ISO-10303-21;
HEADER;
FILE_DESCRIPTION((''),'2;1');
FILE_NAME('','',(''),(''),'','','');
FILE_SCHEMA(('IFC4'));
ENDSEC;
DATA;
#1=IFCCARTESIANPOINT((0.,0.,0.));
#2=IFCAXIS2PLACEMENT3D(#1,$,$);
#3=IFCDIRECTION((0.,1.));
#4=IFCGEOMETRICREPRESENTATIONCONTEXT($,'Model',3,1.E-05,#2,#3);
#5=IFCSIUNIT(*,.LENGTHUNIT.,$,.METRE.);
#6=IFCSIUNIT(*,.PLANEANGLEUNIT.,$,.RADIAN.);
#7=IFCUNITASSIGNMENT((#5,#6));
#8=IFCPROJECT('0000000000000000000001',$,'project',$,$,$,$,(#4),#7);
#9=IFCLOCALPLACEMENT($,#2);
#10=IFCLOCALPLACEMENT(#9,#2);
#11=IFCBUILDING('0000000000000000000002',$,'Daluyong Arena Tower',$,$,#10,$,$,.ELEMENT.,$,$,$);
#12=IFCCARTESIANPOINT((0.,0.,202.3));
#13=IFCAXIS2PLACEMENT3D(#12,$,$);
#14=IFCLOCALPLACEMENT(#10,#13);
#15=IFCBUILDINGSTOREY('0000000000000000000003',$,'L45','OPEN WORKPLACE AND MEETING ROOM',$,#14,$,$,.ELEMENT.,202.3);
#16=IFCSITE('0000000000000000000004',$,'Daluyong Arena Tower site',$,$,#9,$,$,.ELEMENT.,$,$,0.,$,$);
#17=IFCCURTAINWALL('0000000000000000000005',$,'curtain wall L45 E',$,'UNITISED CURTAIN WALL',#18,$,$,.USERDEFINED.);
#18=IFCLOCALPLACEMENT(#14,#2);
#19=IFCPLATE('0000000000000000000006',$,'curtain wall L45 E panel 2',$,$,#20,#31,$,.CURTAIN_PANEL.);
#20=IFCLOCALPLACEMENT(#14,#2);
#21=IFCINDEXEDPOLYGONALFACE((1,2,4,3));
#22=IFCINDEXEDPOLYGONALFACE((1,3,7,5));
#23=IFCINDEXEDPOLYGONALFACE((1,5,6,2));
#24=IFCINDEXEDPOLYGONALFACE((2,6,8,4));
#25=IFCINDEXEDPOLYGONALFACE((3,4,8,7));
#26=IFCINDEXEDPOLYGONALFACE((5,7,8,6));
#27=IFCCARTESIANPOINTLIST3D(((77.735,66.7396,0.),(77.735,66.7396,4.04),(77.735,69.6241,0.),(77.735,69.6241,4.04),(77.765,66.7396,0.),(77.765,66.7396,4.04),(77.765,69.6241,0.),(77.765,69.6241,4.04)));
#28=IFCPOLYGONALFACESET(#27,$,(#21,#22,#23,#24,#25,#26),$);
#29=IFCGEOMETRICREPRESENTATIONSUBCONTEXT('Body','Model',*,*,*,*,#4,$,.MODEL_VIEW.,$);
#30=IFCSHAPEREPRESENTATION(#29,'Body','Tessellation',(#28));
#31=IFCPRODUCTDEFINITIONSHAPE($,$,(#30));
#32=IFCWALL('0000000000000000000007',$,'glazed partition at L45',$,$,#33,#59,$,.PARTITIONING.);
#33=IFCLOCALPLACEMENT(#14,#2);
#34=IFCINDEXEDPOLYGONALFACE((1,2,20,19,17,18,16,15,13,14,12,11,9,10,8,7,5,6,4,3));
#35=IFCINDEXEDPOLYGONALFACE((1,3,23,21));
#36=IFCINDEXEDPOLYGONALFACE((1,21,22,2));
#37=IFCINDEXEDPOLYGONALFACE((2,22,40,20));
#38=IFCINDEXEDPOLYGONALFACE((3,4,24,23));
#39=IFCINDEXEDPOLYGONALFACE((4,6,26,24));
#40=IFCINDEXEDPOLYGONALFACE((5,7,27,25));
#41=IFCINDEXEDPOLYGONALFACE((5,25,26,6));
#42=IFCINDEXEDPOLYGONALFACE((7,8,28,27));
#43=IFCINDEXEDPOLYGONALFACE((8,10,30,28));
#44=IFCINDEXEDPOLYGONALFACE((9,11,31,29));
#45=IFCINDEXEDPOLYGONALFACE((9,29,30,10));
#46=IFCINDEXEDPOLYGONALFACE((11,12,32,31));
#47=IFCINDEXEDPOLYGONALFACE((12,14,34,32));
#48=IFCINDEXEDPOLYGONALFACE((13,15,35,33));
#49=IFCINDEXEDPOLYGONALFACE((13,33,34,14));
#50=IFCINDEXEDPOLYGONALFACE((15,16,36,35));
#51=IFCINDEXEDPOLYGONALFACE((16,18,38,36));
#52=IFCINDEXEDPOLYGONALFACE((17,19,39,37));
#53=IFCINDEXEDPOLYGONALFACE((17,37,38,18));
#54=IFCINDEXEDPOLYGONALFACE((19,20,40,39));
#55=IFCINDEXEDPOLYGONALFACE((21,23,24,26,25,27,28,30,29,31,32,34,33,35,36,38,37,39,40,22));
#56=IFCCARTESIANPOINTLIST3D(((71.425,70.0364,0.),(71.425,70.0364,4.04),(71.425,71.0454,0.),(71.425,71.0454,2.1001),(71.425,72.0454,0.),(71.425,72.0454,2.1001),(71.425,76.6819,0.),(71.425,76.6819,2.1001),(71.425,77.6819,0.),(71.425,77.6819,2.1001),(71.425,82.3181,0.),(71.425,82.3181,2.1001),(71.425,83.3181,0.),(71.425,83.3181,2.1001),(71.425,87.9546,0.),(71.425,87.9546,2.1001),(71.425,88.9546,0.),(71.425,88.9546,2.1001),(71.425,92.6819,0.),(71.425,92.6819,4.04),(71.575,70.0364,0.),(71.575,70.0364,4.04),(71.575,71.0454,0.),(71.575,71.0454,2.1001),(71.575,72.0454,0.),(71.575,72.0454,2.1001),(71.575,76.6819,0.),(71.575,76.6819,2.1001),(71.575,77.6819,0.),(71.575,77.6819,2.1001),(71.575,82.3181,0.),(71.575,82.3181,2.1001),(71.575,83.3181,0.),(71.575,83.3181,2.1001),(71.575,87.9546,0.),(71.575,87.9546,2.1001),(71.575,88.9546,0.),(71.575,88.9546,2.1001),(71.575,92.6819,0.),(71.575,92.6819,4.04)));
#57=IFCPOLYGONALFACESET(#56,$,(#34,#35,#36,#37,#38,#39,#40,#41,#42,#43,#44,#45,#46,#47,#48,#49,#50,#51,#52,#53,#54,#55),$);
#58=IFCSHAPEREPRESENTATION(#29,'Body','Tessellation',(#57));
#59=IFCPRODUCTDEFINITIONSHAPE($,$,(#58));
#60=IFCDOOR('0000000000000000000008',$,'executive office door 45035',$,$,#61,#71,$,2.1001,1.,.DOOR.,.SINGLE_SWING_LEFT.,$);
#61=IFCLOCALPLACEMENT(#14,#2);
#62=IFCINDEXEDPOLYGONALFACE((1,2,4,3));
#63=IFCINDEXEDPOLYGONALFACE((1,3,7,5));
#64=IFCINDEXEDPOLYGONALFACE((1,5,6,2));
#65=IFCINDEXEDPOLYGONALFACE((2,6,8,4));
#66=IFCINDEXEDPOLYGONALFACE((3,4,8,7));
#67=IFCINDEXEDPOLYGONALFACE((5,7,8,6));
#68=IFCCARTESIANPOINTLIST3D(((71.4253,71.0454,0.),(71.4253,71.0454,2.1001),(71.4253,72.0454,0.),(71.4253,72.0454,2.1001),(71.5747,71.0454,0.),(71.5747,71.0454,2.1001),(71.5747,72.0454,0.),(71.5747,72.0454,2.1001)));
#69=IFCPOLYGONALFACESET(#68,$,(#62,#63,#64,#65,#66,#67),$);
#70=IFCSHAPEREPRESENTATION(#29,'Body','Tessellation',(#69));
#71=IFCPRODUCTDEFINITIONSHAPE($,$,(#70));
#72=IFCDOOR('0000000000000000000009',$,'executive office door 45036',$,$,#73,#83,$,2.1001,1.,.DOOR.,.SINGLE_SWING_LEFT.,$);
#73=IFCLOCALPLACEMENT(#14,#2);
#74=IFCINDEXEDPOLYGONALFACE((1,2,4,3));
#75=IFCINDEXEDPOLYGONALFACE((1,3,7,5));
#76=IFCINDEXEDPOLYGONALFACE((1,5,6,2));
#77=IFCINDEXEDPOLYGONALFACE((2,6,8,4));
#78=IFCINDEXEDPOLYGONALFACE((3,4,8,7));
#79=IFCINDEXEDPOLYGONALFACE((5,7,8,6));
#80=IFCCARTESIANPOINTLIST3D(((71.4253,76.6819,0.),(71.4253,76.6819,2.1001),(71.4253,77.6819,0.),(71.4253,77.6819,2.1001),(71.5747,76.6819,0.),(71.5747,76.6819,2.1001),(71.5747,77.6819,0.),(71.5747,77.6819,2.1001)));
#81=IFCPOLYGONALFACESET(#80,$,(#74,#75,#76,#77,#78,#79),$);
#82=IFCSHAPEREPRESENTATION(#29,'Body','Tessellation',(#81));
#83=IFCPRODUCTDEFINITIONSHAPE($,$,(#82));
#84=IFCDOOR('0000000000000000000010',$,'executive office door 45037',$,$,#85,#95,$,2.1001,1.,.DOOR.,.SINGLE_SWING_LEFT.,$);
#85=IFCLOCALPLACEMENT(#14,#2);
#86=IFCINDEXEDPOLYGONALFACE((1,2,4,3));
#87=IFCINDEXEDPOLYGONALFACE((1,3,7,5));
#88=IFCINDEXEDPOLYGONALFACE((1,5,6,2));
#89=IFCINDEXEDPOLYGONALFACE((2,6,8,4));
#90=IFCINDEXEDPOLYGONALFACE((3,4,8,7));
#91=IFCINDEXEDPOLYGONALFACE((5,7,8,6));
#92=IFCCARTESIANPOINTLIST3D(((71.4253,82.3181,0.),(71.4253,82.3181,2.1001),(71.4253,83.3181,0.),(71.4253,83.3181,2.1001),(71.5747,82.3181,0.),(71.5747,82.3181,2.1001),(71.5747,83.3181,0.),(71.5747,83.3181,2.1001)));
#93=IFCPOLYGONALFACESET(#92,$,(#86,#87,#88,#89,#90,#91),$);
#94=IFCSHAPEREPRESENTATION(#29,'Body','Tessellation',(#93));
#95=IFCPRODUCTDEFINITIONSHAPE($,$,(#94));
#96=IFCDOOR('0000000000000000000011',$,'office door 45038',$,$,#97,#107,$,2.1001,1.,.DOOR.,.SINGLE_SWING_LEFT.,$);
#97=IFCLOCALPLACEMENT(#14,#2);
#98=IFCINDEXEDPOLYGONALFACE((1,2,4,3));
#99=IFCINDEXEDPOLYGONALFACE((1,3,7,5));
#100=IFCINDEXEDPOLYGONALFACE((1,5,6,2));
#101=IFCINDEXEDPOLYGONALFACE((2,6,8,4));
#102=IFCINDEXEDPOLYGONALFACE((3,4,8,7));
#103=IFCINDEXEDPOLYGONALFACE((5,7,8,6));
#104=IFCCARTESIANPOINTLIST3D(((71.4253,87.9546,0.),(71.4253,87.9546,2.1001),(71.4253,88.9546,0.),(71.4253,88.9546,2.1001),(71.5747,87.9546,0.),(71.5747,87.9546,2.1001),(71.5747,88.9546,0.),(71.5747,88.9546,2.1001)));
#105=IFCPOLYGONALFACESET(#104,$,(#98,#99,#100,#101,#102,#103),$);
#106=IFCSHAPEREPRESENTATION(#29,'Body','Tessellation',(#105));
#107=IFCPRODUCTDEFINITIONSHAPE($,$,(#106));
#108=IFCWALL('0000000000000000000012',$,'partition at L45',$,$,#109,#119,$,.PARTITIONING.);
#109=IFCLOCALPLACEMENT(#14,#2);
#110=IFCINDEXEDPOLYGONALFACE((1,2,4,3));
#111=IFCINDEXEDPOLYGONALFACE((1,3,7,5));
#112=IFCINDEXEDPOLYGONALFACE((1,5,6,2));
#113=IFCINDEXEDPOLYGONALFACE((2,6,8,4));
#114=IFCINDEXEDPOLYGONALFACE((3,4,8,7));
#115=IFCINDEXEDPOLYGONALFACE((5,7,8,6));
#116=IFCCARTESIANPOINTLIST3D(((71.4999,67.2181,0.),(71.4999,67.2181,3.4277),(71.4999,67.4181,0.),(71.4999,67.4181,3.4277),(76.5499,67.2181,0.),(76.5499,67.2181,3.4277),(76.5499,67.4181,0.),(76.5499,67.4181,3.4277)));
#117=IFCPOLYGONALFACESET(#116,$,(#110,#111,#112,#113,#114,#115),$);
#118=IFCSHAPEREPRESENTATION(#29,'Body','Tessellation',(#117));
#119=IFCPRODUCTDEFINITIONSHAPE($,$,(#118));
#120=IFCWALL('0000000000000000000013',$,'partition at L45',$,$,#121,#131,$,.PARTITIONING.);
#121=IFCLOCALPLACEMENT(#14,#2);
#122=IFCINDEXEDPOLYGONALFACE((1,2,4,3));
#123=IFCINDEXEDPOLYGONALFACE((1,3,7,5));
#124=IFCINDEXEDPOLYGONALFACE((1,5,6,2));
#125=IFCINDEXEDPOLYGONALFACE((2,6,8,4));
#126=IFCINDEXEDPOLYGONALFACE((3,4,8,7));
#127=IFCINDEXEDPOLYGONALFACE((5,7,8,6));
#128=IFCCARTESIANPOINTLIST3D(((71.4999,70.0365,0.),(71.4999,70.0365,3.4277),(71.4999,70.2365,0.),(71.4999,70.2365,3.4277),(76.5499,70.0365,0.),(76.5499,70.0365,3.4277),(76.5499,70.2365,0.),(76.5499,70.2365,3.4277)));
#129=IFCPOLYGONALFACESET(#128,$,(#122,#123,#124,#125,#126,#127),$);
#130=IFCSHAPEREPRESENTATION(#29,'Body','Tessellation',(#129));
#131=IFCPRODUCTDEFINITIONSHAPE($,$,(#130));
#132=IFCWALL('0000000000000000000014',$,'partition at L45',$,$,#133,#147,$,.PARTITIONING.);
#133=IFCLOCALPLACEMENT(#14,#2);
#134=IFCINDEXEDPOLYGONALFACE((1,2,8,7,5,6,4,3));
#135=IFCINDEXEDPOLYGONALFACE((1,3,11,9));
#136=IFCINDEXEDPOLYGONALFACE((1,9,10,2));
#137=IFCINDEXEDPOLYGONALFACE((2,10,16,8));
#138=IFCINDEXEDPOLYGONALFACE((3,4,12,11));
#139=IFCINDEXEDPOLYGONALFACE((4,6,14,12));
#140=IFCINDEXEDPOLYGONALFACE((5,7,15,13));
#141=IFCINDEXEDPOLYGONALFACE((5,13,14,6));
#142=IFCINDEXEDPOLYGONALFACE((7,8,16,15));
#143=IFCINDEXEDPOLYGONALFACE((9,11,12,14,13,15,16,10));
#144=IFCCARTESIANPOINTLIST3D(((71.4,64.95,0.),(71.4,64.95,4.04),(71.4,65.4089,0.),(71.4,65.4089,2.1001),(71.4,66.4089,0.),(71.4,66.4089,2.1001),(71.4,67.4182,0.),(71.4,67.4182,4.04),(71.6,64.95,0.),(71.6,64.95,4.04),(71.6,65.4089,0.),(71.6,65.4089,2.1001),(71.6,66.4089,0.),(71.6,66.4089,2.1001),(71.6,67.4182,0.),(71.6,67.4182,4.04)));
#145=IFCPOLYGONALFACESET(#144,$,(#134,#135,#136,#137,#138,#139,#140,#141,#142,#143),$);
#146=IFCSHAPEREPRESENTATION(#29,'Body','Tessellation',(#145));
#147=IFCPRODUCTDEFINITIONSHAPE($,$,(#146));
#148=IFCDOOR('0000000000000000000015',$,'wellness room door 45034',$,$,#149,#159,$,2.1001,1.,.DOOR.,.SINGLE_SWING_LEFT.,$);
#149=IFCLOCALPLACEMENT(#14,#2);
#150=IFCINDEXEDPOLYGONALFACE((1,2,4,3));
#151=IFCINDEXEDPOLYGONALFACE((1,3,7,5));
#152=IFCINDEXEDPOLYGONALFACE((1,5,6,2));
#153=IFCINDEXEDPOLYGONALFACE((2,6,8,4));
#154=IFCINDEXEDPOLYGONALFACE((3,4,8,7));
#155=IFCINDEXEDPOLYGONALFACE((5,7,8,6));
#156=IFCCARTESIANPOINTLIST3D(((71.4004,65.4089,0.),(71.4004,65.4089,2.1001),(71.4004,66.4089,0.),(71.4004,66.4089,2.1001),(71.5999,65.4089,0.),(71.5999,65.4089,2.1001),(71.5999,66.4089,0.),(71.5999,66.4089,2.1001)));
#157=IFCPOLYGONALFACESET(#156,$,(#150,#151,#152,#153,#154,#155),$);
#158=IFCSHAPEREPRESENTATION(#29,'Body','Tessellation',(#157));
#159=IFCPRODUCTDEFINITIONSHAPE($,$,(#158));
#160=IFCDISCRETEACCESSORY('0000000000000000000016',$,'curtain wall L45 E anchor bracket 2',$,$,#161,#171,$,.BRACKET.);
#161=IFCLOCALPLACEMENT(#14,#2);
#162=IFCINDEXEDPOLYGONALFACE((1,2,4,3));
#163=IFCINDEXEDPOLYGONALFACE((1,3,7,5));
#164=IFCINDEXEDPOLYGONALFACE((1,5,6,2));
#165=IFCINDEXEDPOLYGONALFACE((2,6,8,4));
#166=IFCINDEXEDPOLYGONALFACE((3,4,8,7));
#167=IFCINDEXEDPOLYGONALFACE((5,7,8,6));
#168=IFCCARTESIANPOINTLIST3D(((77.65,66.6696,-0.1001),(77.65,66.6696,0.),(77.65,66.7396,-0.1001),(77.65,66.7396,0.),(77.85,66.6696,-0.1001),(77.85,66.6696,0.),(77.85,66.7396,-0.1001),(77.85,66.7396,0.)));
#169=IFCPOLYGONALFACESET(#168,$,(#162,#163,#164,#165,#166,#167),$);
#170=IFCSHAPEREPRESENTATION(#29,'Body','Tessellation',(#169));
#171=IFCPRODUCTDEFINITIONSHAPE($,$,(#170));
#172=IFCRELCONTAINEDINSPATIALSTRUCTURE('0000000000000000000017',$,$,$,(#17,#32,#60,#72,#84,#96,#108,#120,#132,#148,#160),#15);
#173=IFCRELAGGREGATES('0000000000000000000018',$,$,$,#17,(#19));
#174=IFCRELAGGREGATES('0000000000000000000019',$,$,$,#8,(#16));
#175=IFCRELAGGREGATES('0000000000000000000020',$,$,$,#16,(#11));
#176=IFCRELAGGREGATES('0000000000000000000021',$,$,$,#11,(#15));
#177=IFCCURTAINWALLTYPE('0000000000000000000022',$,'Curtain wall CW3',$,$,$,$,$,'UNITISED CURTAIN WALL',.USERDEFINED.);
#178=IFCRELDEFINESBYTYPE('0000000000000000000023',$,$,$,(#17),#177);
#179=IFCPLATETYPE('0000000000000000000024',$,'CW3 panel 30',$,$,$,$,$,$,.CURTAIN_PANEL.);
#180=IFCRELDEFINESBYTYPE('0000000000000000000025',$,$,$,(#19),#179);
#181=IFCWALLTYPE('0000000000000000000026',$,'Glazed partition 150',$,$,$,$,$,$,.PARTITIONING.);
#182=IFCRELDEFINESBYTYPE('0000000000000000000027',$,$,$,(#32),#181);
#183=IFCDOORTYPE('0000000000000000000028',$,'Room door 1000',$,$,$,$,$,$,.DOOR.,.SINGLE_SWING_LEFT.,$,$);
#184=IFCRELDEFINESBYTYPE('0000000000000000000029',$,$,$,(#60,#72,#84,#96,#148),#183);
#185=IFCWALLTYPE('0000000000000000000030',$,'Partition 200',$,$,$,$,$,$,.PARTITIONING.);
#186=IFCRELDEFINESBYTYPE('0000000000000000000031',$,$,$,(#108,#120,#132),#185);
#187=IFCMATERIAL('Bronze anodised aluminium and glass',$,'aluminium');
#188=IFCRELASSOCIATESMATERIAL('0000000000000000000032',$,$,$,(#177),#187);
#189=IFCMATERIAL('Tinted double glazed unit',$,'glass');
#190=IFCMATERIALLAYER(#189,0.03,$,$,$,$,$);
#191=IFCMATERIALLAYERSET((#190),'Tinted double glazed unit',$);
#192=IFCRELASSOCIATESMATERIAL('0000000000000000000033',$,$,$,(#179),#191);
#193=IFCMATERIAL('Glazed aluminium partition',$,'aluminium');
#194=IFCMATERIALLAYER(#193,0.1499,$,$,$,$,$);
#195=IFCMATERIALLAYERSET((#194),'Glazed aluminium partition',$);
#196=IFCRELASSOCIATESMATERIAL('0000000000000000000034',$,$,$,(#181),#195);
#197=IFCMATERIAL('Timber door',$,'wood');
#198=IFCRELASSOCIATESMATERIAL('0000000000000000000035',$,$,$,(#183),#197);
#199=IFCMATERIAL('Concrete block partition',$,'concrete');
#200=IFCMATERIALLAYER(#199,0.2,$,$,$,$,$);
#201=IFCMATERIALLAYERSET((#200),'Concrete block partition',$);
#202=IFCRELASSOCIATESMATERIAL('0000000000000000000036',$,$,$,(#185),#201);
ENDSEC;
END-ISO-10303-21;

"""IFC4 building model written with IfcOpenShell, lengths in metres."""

from ifc_helpers import new_model, si_unit, direction, frame, frame_2d, origin, origin_2d, place, context, subcontext, project, spatial, rectangle, extrude, material, layer, layer_set, type_object, element, fill, aggregate, save


model = new_model("IFC4")

# Units and contexts
model_context = context("Model", 3, precision=1e-05, world=origin(), true_north=direction((0.0, 1.0)))
body_context = subcontext(model_context, "Body", "Model", "MODEL_VIEW")
ifc_project = project(units=[si_unit("LENGTHUNIT", "METRE"), si_unit("PLANEANGLEUNIT", "RADIAN")], contexts=[model_context])

# Site, building, storey
site_placement = place(None, origin())
site = spatial("IfcSite", under=ifc_project, at=site_placement, Name="Daluyong Arena Tower site", CompositionType="ELEMENT", RefElevation=0.0)
building_placement = place(site_placement, origin())
building = spatial("IfcBuilding", under=site, at=building_placement, Name="Daluyong Arena Tower", CompositionType="ELEMENT")
storey_placement = place(building_placement, frame((0.0, 0.0, 202.3)))
storey = spatial("IfcBuildingStorey", under=building, at=storey_placement, Name="L45", Description="OPEN WORKPLACE AND MEETING ROOM", CompositionType="ELEMENT", Elevation=202.3)

# Curtain wall
ifc_material_1 = material(Name="Bronze anodised aluminium and glass", Category="aluminium")
curtain_wall_type = type_object("IfcCurtainWallType", Name="Curtain wall CW3", ElementType="UNITISED CURTAIN WALL", PredefinedType="USERDEFINED", material=ifc_material_1)
curtain_wall_placement = place(storey_placement, origin())
curtain_wall = element("IfcCurtainWall", 1, at=curtain_wall_placement, inside=storey, type_object=curtain_wall_type, Name="curtain wall L45 E", ObjectType="UNITISED CURTAIN WALL", PredefinedType="USERDEFINED")

# Plate
ifc_material_2 = material(Name="Tinted double glazed unit", Category="glass")
ifc_layer_1 = layer(ifc_material_2, 0.03)
ifc_layer_set_1 = layer_set([ifc_layer_1], Name="Tinted double glazed unit")
plate_type = type_object("IfcPlateType", Name="CW3 panel 30", PredefinedType="CURTAIN_PANEL", material=ifc_layer_set_1)
plate_1_placement = place(storey_placement, frame((77.75, 68.1819, 0.0), z_axis=(0.0, 0.0, 1.0), x_axis=(0.0, 1.0, 0.0)))
plate_1 = element("IfcPlate", 2, at=plate_1_placement, type_object=plate_type, Name="curtain wall L45 E panel 2", PredefinedType="CURTAIN_PANEL", context=body_context, shape_type="SweptSolid", body=[
    extrude(rectangle(XDim=2.8845, YDim=0.03, at=origin_2d()), origin(), (0.0, 0.0, 1.0), 4.04),
])
aggregate(curtain_wall, [plate_1])

# Wall, openings, doors
ifc_material_3 = material(Name="Glazed aluminium partition", Category="aluminium")
ifc_layer_2 = layer(ifc_material_3, 0.1499)
ifc_layer_set_2 = layer_set([ifc_layer_2], Name="Glazed aluminium partition")
wall_type_1 = type_object("IfcWallType", Name="Glazed partition 150", PredefinedType="PARTITIONING", material=ifc_layer_set_2)
wall_1_placement = place(storey_placement, frame((71.5, 70.0364, 0.0), z_axis=(0.0, 0.0, 1.0), x_axis=(0.0, 1.0, 0.0)))
wall_1 = element("IfcWall", 3, at=wall_1_placement, inside=storey, type_object=wall_type_1, Name="glazed partition at L45", PredefinedType="PARTITIONING", context=body_context, shape_type="SweptSolid", body=[
    extrude(rectangle(XDim=22.6455, YDim=0.1499, at=frame_2d((11.3228, 0.0))), origin(), (0.0, 0.0, 1.0), 4.04),
])
opening_1_placement = place(wall_1_placement, frame((1.009, 0.0, 0.0)))
opening_1 = element("IfcOpeningElement", 4, at=opening_1_placement, cuts=wall_1, PredefinedType="OPENING", context=body_context, shape_type="SweptSolid", body=[
    extrude(rectangle(XDim=1.0, YDim=2.1001, at=frame_2d((0.5, 1.05))), frame((0.0, 0.085, 0.0), z_axis=(0.0, -1.0, 0.0), x_axis=(1.0, 0.0, 0.0)), (0.0, 0.0, 1.0), 0.1699),
])
opening_2_placement = place(wall_1_placement, frame((6.6455, 0.0, 0.0)))
opening_2 = element("IfcOpeningElement", 5, at=opening_2_placement, cuts=wall_1, PredefinedType="OPENING", context=body_context, shape_type="SweptSolid", body=[
    extrude(rectangle(XDim=1.0, YDim=2.1001, at=frame_2d((0.5, 1.05))), frame((0.0, 0.085, 0.0), z_axis=(0.0, -1.0, 0.0), x_axis=(1.0, 0.0, 0.0)), (0.0, 0.0, 1.0), 0.1699),
])
opening_3_placement = place(wall_1_placement, frame((12.2817, 0.0, 0.0)))
opening_3 = element("IfcOpeningElement", 6, at=opening_3_placement, cuts=wall_1, PredefinedType="OPENING", context=body_context, shape_type="SweptSolid", body=[
    extrude(rectangle(XDim=1.0, YDim=2.1001, at=frame_2d((0.5, 1.05))), frame((0.0, 0.085, 0.0), z_axis=(0.0, -1.0, 0.0), x_axis=(1.0, 0.0, 0.0)), (0.0, 0.0, 1.0), 0.1699),
])
opening_4_placement = place(wall_1_placement, frame((17.9182, 0.0, 0.0)))
opening_4 = element("IfcOpeningElement", 7, at=opening_4_placement, cuts=wall_1, PredefinedType="OPENING", context=body_context, shape_type="SweptSolid", body=[
    extrude(rectangle(XDim=1.0, YDim=2.1001, at=frame_2d((0.5, 1.05))), frame((0.0, 0.085, 0.0), z_axis=(0.0, -1.0, 0.0), x_axis=(1.0, 0.0, 0.0)), (0.0, 0.0, 1.0), 0.1699),
])
ifc_material_4 = material(Name="Timber door", Category="wood")
door_type = type_object("IfcDoorType", Name="Room door 1000", OperationType="SINGLE_SWING_LEFT", PredefinedType="DOOR", material=ifc_material_4)
door_1_placement = place(opening_1_placement, origin())
door_1 = element("IfcDoor", 8, at=door_1_placement, inside=storey, type_object=door_type, Name="executive office door 45035", OperationType="SINGLE_SWING_LEFT", OverallHeight=2.1001, OverallWidth=1.0, PredefinedType="DOOR", context=body_context, shape_type="SweptSolid", body=[
    extrude(rectangle(XDim=1.0, YDim=2.1001, at=frame_2d((0.5, 1.05))), frame((0.0, 0.0747, 0.0), z_axis=(0.0, -1.0, 0.0), x_axis=(1.0, 0.0, 0.0)), (0.0, 0.0, 1.0), 0.1494),
])
fill(opening_1, door_1)
door_2_placement = place(opening_2_placement, origin())
door_2 = element("IfcDoor", 9, at=door_2_placement, inside=storey, type_object=door_type, Name="executive office door 45036", OperationType="SINGLE_SWING_LEFT", OverallHeight=2.1001, OverallWidth=1.0, PredefinedType="DOOR", context=body_context, shape_type="SweptSolid", body=[
    extrude(rectangle(XDim=1.0, YDim=2.1001, at=frame_2d((0.5, 1.05))), frame((0.0, 0.0747, 0.0), z_axis=(0.0, -1.0, 0.0), x_axis=(1.0, 0.0, 0.0)), (0.0, 0.0, 1.0), 0.1494),
])
fill(opening_2, door_2)
door_3_placement = place(opening_3_placement, origin())
door_3 = element("IfcDoor", 10, at=door_3_placement, inside=storey, type_object=door_type, Name="executive office door 45037", OperationType="SINGLE_SWING_LEFT", OverallHeight=2.1001, OverallWidth=1.0, PredefinedType="DOOR", context=body_context, shape_type="SweptSolid", body=[
    extrude(rectangle(XDim=1.0, YDim=2.1001, at=frame_2d((0.5, 1.05))), frame((0.0, 0.0747, 0.0), z_axis=(0.0, -1.0, 0.0), x_axis=(1.0, 0.0, 0.0)), (0.0, 0.0, 1.0), 0.1494),
])
fill(opening_3, door_3)
door_4_placement = place(opening_4_placement, origin())
door_4 = element("IfcDoor", 11, at=door_4_placement, inside=storey, type_object=door_type, Name="office door 45038", OperationType="SINGLE_SWING_LEFT", OverallHeight=2.1001, OverallWidth=1.0, PredefinedType="DOOR", context=body_context, shape_type="SweptSolid", body=[
    extrude(rectangle(XDim=1.0, YDim=2.1001, at=frame_2d((0.5, 1.05))), frame((0.0, 0.0747, 0.0), z_axis=(0.0, -1.0, 0.0), x_axis=(1.0, 0.0, 0.0)), (0.0, 0.0, 1.0), 0.1494),
])
fill(opening_4, door_4)

# Walls
ifc_material_5 = material(Name="Concrete block partition", Category="concrete")
ifc_layer_3 = layer(ifc_material_5, 0.2)
ifc_layer_set_3 = layer_set([ifc_layer_3], Name="Concrete block partition")
wall_type_2 = type_object("IfcWallType", Name="Partition 200", PredefinedType="PARTITIONING", material=ifc_layer_set_3)
for number, where, z_axis, x_axis, name in (
    (12, (71.5, 67.3181, 0.0), (0.0, 0.0, 1.0), (1.0, 0.0, 0.0), "partition at L45"),
    (13, (71.5, 70.1365, 0.0), (0.0, 0.0, 1.0), (1.0, 0.0, 0.0), "partition at L45"),
):
    element("IfcWall", number, at=place(storey_placement, frame(where, z_axis=z_axis, x_axis=x_axis)), inside=storey, type_object=wall_type_2, Name=name, PredefinedType="PARTITIONING", context=body_context, shape_type="SweptSolid", body=[
        extrude(rectangle(XDim=5.05, YDim=0.2, at=frame_2d((2.5249, 0.0))), origin(), (0.0, 0.0, 1.0), 3.4277),
    ])

# Wall, opening, door
wall_2_placement = place(storey_placement, frame((71.5, 64.95, 0.0), z_axis=(0.0, 0.0, 1.0), x_axis=(0.0, 1.0, 0.0)))
wall_2 = element("IfcWall", 14, at=wall_2_placement, inside=storey, type_object=wall_type_2, Name="partition at L45", PredefinedType="PARTITIONING", context=body_context, shape_type="SweptSolid", body=[
    extrude(rectangle(XDim=2.4683, YDim=0.2, at=frame_2d((1.2341, 0.0))), origin(), (0.0, 0.0, 1.0), 4.04),
])
opening_5_placement = place(wall_2_placement, frame((0.459, 0.0, 0.0)))
opening_5 = element("IfcOpeningElement", 15, at=opening_5_placement, cuts=wall_2, PredefinedType="OPENING", context=body_context, shape_type="SweptSolid", body=[
    extrude(rectangle(XDim=1.0, YDim=2.1001, at=frame_2d((0.5, 1.05))), frame((0.0, 0.1099, 0.0), z_axis=(0.0, -1.0, 0.0), x_axis=(1.0, 0.0, 0.0)), (0.0, 0.0, 1.0), 0.22),
])
door_5_placement = place(opening_5_placement, origin())
door_5 = element("IfcDoor", 16, at=door_5_placement, inside=storey, type_object=door_type, Name="wellness room door 45034", OperationType="SINGLE_SWING_LEFT", OverallHeight=2.1001, OverallWidth=1.0, PredefinedType="DOOR", context=body_context, shape_type="SweptSolid", body=[
    extrude(rectangle(XDim=1.0, YDim=2.1001, at=frame_2d((0.5, 1.05))), frame((0.0, 0.0996, 0.0), z_axis=(0.0, -1.0, 0.0), x_axis=(1.0, 0.0, 0.0)), (0.0, 0.0, 1.0), 0.1995),
])
fill(opening_5, door_5)

# Discrete accessory
for number, where, z_axis, x_axis, name in (
    (17, (77.75, 66.7046, -0.1001), (0.0, 0.0, 1.0), (0.0, 1.0, 0.0), "curtain wall L45 E anchor bracket 2"),
):
    element("IfcDiscreteAccessory", number, at=place(storey_placement, frame(where, z_axis=z_axis, x_axis=x_axis)), inside=storey, Name=name, PredefinedType="BRACKET", context=body_context, shape_type="SweptSolid", body=[
        extrude(rectangle(XDim=0.0701, YDim=0.2, at=origin_2d()), origin(), (0.0, 0.0, 1.0), 0.1001),
    ])

save(model, "model.ifc")
